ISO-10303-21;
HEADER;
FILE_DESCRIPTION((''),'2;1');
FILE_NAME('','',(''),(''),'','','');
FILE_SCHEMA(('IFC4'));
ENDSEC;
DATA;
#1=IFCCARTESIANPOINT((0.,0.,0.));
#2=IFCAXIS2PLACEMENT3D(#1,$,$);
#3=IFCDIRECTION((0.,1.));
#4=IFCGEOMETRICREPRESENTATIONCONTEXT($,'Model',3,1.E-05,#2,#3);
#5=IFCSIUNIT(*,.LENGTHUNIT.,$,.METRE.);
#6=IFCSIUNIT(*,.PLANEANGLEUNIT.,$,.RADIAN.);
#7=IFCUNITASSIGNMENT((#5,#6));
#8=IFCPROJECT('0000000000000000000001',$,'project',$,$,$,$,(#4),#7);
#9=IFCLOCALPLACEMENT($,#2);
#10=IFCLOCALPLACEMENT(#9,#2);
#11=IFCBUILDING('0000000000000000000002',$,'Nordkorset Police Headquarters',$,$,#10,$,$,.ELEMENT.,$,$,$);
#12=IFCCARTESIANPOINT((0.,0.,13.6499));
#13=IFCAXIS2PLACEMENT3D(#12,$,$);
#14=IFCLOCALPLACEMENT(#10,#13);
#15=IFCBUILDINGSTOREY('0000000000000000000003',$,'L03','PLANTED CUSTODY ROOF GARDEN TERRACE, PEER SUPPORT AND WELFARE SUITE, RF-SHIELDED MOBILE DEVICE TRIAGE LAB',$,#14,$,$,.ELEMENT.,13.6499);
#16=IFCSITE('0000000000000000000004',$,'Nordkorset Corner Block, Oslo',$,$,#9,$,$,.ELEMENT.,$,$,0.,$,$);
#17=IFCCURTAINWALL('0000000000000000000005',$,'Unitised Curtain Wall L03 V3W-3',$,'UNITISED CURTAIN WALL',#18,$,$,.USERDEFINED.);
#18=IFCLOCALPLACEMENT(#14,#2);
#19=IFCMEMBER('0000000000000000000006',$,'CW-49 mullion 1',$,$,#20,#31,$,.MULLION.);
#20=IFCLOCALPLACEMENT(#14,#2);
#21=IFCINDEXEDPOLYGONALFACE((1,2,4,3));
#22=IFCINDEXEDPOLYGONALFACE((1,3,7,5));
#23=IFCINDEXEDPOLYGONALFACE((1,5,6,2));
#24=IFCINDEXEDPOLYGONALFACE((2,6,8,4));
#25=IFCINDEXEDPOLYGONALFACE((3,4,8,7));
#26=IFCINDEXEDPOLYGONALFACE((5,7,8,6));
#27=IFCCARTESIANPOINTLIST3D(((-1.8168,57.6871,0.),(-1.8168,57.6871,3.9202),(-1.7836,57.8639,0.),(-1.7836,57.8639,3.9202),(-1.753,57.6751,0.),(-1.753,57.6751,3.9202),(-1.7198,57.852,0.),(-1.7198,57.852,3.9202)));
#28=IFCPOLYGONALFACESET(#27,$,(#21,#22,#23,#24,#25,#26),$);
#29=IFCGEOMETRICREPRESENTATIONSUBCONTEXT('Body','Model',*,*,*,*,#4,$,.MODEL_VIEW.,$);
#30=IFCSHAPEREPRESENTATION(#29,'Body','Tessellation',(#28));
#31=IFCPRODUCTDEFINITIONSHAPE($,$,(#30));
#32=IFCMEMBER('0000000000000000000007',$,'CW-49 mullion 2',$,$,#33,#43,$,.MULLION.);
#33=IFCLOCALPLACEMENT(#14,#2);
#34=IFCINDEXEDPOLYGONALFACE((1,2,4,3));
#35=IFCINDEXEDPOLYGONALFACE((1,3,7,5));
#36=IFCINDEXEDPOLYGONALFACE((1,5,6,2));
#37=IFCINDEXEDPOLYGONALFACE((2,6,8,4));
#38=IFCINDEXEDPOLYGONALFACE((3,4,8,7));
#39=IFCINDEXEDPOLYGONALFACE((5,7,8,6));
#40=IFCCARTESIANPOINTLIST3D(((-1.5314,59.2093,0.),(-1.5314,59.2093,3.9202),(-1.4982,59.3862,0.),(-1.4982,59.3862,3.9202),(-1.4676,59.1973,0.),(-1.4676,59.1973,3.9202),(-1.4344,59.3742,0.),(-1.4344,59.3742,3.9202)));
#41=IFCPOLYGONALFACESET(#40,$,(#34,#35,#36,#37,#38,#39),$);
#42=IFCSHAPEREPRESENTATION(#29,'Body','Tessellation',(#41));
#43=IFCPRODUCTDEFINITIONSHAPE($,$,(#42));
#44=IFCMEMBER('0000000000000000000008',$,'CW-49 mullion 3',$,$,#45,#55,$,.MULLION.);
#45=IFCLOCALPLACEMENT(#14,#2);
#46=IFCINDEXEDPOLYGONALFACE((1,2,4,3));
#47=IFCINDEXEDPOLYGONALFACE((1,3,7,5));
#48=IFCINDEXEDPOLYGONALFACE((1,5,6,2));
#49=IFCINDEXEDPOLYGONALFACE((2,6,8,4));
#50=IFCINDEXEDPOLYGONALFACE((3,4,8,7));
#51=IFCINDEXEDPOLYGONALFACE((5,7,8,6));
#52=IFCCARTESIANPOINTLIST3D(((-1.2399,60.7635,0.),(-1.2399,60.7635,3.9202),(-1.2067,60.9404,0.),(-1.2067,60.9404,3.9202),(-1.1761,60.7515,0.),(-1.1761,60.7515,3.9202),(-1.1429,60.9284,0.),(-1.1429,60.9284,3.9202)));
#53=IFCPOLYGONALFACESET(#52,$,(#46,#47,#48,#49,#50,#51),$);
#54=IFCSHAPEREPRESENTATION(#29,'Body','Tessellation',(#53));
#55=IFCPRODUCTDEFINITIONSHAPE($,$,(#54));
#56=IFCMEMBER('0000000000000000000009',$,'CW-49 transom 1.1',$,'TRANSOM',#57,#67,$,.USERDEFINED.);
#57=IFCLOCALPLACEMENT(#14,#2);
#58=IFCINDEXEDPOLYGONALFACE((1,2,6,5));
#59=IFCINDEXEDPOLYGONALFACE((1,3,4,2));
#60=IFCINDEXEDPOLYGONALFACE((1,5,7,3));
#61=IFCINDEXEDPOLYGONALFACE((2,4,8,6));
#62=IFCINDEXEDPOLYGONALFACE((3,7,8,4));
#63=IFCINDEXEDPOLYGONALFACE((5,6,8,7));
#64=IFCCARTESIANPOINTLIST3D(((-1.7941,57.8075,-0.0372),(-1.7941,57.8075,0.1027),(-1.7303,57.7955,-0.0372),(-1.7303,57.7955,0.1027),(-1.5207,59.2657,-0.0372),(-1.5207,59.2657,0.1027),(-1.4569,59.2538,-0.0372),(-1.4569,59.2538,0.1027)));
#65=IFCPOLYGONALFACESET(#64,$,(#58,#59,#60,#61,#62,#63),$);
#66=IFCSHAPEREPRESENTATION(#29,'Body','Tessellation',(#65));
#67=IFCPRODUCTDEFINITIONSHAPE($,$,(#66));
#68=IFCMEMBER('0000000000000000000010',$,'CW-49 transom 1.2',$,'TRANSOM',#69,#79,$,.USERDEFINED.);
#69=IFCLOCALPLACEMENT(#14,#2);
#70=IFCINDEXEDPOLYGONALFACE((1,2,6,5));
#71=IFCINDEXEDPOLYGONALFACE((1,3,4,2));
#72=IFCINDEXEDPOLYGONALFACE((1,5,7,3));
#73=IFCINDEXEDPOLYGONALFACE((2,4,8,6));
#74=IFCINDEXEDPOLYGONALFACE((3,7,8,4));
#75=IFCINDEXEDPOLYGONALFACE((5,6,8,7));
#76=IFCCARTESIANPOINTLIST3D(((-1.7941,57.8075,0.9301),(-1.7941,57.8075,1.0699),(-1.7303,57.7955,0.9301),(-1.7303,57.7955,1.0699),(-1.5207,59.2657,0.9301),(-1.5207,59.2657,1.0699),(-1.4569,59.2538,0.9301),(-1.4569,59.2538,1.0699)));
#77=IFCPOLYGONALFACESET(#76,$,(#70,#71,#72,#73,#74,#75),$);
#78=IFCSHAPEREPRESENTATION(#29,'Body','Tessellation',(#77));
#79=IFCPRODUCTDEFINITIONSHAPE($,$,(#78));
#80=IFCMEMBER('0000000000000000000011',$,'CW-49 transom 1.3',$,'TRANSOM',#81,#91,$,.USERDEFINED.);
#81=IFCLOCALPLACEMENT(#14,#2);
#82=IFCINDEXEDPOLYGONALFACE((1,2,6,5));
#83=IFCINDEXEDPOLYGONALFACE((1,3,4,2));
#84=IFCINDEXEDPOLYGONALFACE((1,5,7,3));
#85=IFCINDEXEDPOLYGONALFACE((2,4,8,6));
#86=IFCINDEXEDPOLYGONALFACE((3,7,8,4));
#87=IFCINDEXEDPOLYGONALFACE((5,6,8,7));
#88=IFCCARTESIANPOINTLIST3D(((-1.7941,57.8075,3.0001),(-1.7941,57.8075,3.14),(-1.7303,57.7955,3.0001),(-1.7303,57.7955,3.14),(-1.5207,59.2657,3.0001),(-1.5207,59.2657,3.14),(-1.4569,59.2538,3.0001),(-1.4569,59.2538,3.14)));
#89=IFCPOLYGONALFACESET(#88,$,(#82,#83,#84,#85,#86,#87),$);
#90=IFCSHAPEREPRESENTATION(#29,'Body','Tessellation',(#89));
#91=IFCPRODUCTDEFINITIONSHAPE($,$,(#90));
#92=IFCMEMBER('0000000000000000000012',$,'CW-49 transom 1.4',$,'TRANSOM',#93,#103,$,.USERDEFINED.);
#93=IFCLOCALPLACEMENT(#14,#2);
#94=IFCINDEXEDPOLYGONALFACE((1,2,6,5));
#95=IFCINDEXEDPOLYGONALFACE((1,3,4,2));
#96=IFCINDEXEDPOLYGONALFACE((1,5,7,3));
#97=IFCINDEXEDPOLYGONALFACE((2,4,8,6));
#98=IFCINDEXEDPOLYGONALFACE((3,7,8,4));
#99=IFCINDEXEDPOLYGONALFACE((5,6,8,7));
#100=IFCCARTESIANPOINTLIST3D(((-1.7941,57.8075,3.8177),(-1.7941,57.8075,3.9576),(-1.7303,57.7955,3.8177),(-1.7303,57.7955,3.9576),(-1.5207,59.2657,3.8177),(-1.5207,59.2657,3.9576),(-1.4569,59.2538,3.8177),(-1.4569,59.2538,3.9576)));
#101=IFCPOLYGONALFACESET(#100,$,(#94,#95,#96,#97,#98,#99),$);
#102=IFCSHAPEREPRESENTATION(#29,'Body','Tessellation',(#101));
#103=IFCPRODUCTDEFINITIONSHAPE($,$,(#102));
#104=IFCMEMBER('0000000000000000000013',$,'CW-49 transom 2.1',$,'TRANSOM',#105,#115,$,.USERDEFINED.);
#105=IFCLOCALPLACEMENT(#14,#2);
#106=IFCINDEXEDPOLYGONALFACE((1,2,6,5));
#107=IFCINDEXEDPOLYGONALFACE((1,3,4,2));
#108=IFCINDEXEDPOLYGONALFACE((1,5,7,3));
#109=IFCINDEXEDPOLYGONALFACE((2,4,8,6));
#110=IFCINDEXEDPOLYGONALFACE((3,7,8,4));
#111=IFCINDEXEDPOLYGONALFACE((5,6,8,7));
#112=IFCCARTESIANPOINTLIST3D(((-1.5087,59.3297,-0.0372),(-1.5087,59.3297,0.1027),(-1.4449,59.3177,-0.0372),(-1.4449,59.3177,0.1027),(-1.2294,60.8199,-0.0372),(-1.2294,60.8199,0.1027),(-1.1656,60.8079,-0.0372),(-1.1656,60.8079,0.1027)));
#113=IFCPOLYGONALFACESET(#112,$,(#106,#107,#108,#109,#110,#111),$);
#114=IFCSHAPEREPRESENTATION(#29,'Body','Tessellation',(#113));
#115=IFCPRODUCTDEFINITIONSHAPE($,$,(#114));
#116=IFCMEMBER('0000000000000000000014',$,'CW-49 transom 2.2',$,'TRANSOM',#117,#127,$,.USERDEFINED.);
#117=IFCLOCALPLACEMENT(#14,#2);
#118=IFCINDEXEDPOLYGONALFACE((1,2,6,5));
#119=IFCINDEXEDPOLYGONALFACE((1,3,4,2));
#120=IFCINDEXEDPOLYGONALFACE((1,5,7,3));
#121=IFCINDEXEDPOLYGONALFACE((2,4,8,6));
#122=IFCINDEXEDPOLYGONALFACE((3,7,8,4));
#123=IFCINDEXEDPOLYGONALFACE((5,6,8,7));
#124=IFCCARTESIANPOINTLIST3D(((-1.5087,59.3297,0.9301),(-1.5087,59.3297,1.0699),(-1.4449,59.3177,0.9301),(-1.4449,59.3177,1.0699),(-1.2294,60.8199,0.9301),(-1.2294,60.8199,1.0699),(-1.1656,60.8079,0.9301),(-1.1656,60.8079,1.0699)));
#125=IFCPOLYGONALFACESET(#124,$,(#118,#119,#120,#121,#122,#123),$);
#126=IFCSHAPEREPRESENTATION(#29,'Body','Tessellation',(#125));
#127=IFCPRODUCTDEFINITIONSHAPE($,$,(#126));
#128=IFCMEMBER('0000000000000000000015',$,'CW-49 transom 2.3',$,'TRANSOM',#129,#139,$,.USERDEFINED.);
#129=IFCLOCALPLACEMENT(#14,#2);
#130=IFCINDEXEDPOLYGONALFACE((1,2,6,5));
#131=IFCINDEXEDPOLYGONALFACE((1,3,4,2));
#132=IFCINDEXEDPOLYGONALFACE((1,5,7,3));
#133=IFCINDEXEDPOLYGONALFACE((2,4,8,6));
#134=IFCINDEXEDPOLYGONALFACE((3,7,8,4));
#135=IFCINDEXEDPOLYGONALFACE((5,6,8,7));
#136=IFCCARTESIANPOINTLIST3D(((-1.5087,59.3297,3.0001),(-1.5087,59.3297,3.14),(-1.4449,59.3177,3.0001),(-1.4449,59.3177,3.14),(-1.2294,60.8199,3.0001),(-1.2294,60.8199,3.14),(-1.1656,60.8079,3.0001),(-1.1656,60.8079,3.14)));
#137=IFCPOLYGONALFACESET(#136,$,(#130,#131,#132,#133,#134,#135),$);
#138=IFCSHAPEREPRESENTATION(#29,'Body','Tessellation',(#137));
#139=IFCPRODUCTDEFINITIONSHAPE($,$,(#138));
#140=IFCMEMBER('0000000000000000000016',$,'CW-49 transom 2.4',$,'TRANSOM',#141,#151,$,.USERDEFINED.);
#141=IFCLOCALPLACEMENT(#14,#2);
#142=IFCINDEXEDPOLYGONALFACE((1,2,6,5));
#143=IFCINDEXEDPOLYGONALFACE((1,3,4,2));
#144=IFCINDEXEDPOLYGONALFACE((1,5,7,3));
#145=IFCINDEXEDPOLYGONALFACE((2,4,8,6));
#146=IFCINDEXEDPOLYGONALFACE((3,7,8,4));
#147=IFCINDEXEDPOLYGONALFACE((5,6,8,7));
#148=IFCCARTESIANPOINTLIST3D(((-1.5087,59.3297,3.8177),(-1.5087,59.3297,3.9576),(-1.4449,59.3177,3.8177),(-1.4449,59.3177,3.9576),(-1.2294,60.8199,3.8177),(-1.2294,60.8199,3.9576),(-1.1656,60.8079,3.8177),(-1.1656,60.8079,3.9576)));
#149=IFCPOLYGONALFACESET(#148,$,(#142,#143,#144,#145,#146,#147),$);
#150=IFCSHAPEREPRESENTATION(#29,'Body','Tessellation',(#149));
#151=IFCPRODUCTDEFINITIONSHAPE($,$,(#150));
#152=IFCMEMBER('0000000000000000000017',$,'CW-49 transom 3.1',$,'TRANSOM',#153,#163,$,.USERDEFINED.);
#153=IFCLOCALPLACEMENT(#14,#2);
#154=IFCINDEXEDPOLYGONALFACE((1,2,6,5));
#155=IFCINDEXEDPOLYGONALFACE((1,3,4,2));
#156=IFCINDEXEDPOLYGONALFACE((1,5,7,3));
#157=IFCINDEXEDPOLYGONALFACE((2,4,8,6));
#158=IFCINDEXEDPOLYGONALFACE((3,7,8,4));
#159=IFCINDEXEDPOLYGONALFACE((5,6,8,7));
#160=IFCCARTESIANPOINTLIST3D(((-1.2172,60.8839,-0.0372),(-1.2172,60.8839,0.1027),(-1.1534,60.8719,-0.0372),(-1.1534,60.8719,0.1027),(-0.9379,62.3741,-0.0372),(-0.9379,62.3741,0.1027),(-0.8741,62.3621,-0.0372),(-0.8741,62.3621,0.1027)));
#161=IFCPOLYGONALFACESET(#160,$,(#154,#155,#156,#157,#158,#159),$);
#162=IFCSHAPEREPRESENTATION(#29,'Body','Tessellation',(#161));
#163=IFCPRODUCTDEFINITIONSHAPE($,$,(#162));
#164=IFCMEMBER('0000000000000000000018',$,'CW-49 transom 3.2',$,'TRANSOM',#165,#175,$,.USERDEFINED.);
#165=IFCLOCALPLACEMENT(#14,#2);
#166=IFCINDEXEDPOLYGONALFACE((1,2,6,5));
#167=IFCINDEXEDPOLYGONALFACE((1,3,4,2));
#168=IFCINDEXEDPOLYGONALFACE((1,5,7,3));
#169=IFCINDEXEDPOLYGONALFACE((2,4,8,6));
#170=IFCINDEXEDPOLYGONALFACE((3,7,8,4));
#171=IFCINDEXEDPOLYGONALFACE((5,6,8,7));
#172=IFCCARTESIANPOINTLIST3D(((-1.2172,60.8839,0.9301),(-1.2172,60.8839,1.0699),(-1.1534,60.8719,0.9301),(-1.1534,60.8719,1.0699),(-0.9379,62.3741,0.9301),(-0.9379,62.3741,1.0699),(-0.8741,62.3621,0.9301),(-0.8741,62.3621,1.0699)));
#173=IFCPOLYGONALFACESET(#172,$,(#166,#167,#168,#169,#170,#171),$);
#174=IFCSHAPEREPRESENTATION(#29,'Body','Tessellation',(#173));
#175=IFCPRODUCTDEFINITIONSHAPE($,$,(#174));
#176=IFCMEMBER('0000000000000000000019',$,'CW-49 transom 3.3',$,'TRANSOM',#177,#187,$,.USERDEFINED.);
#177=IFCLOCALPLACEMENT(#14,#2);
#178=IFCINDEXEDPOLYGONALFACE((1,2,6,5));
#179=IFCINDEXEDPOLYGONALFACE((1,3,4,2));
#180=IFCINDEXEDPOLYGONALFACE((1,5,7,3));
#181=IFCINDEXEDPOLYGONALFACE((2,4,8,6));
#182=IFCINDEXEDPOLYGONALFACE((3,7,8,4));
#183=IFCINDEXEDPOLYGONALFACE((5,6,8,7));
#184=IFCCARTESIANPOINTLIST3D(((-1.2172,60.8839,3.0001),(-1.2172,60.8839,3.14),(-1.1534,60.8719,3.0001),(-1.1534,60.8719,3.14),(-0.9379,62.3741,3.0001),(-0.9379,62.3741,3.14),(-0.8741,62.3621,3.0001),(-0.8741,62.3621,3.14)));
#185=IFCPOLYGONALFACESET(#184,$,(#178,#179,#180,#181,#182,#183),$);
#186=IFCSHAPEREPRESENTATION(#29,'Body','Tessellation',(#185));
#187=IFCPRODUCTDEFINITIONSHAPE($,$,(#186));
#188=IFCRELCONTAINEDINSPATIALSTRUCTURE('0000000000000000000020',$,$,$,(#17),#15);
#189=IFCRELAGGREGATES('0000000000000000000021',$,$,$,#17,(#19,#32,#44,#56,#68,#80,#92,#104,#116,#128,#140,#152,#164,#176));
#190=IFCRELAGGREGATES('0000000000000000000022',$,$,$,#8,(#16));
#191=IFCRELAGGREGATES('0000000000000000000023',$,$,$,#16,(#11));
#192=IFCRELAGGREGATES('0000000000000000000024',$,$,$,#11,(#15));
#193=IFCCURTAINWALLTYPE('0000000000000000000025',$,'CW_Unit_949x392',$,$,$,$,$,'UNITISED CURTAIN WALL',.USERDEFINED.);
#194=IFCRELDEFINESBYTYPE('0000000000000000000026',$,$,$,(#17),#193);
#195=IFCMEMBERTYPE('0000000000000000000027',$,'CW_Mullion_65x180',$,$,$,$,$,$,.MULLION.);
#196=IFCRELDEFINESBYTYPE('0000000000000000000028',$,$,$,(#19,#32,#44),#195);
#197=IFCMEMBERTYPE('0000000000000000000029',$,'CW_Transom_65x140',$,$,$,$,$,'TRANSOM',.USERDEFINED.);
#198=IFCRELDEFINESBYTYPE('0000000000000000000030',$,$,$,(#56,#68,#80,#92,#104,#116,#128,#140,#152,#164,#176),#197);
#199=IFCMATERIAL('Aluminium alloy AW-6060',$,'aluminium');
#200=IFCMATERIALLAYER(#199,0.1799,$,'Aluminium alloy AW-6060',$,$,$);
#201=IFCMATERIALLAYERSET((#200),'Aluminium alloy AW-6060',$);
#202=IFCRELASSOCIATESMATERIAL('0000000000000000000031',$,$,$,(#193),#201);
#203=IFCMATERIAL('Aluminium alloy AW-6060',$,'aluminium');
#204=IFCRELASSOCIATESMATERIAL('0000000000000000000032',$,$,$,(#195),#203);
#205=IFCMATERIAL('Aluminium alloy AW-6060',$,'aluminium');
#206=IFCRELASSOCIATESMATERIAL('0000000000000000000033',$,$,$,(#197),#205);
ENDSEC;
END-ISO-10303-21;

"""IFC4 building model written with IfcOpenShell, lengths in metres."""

from ifc_helpers import new_model, si_unit, direction, frame, origin, origin_2d, place, context, subcontext, project, spatial, rectangle, extrude, material, layer, layer_set, material_profile, profile_set, type_object, element, aggregate, save


model = new_model("IFC4")

# Units and contexts
model_context = context("Model", 3, precision=1e-05, world=origin(), true_north=direction((0.0, 1.0)))
body_context = subcontext(model_context, "Body", "Model", "MODEL_VIEW")
ifc_project = project(units=[si_unit("LENGTHUNIT", "METRE"), si_unit("PLANEANGLEUNIT", "RADIAN")], contexts=[model_context])

# Site, building, storey
site_placement = place(None, origin())
site = spatial("IfcSite", under=ifc_project, at=site_placement, Name="Nordkorset Corner Block, Oslo", CompositionType="ELEMENT", RefElevation=0.0)
building_placement = place(site_placement, origin())
building = spatial("IfcBuilding", under=site, at=building_placement, Name="Nordkorset Police Headquarters", CompositionType="ELEMENT")
storey_placement = place(building_placement, frame((0.0, 0.0, 13.6499)))
storey = spatial("IfcBuildingStorey", under=building, at=storey_placement, Name="L03", Description="PLANTED CUSTODY ROOF GARDEN TERRACE, PEER SUPPORT AND WELFARE SUITE, RF-SHIELDED MOBILE DEVICE TRIAGE LAB", CompositionType="ELEMENT", Elevation=13.6499)

# Curtain wall, members
ifc_material_1 = material(Name="Aluminium alloy AW-6060", Category="aluminium")
ifc_layer_1 = layer(ifc_material_1, 0.1799, Name="Aluminium alloy AW-6060")
ifc_layer_set_1 = layer_set([ifc_layer_1], Name="Aluminium alloy AW-6060")
curtain_wall_type = type_object("IfcCurtainWallType", Name="CW_Unit_949x392", ElementType="UNITISED CURTAIN WALL", PredefinedType="USERDEFINED", material=ifc_layer_set_1)
curtain_wall_placement = place(storey_placement, origin())
curtain_wall = element("IfcCurtainWall", 1, at=curtain_wall_placement, inside=storey, type_object=curtain_wall_type, Name="Unitised Curtain Wall L03 V3W-3", ObjectType="UNITISED CURTAIN WALL", PredefinedType="USERDEFINED")
ifc_material_2 = material(Name="Aluminium alloy AW-6060", Category="aluminium")
ifc_material_profile_1 = material_profile(ifc_material_2, rectangle(XDim=0.0649, YDim=0.1799, at=origin_2d()), Name="ALU MULL 65x180")
ifc_profile_set_1 = profile_set([ifc_material_profile_1], Name="Aluminium alloy AW-6060")
member_type_1 = type_object("IfcMemberType", Name="CW_Mullion_65x180", PredefinedType="MULLION", material=ifc_profile_set_1)
member_1_placement = place(storey_placement, frame((-1.7683, 57.7695, 0.0), z_axis=(0.0, 0.0, 1.0), x_axis=(-0.982872, 0.184289, 0.0)))
member_1 = element("IfcMember", 2, at=member_1_placement, type_object=member_type_1, Name="CW-49 mullion 1", PredefinedType="MULLION", context=body_context, shape_type="SweptSolid", body=[
    extrude(rectangle(XDim=0.0649, YDim=0.1799, at=origin_2d()), origin(), (0.0, 0.0, 1.0), 3.9202),
])
member_2_placement = place(storey_placement, frame((-1.4829, 59.2917, 0.0), z_axis=(0.0, 0.0, 1.0), x_axis=(-0.982872, 0.184289, 0.0)))
member_2 = element("IfcMember", 3, at=member_2_placement, type_object=member_type_1, Name="CW-49 mullion 2", PredefinedType="MULLION", context=body_context, shape_type="SweptSolid", body=[
    extrude(rectangle(XDim=0.0649, YDim=0.1799, at=origin_2d()), origin(), (0.0, 0.0, 1.0), 3.9202),
])
member_3_placement = place(storey_placement, frame((-1.1914, 60.8459, 0.0), z_axis=(0.0, 0.0, 1.0), x_axis=(-0.982872, 0.184289, 0.0)))
member_3 = element("IfcMember", 4, at=member_3_placement, type_object=member_type_1, Name="CW-49 mullion 3", PredefinedType="MULLION", context=body_context, shape_type="SweptSolid", body=[
    extrude(rectangle(XDim=0.0649, YDim=0.1799, at=origin_2d()), origin(), (0.0, 0.0, 1.0), 3.9202),
])
ifc_material_3 = material(Name="Aluminium alloy AW-6060", Category="aluminium")
ifc_material_profile_2 = material_profile(ifc_material_3, rectangle(XDim=0.0649, YDim=0.1399, at=origin_2d()), Name="ALU TRAN 65x140")
ifc_profile_set_2 = profile_set([ifc_material_profile_2], Name="Aluminium alloy AW-6060")
member_type_2 = type_object("IfcMemberType", Name="CW_Transom_65x140", ElementType="TRANSOM", PredefinedType="USERDEFINED", material=ifc_profile_set_2)
member_4_placement = place(storey_placement, frame((-1.7622, 57.8015, 0.0327), z_axis=(0.184298, 0.98287, 0.0), x_axis=(-0.98287, 0.184298, 0.0)))
member_4 = element("IfcMember", 5, at=member_4_placement, type_object=member_type_2, Name="CW-49 transom 1.1", ObjectType="TRANSOM", PredefinedType="USERDEFINED", context=body_context, shape_type="SweptSolid", body=[
    extrude(rectangle(XDim=0.0649, YDim=0.1399, at=origin_2d()), origin(), (0.0, 0.0, 1.0), 1.4836),
])
member_5_placement = place(storey_placement, frame((-1.7622, 57.8015, 1.0), z_axis=(0.184298, 0.98287, 0.0), x_axis=(-0.98287, 0.184298, 0.0)))
member_5 = element("IfcMember", 6, at=member_5_placement, type_object=member_type_2, Name="CW-49 transom 1.2", ObjectType="TRANSOM", PredefinedType="USERDEFINED", context=body_context, shape_type="SweptSolid", body=[
    extrude(rectangle(XDim=0.0649, YDim=0.1399, at=origin_2d()), origin(), (0.0, 0.0, 1.0), 1.4836),
])
member_6_placement = place(storey_placement, frame((-1.7622, 57.8015, 3.0701), z_axis=(0.184298, 0.98287, 0.0), x_axis=(-0.98287, 0.184298, 0.0)))
member_6 = element("IfcMember", 7, at=member_6_placement, type_object=member_type_2, Name="CW-49 transom 1.3", ObjectType="TRANSOM", PredefinedType="USERDEFINED", context=body_context, shape_type="SweptSolid", body=[
    extrude(rectangle(XDim=0.0649, YDim=0.1399, at=origin_2d()), origin(), (0.0, 0.0, 1.0), 1.4836),
])
member_7_placement = place(storey_placement, frame((-1.7622, 57.8015, 3.8877), z_axis=(0.184298, 0.98287, 0.0), x_axis=(-0.98287, 0.184298, 0.0)))
member_7 = element("IfcMember", 8, at=member_7_placement, type_object=member_type_2, Name="CW-49 transom 1.4", ObjectType="TRANSOM", PredefinedType="USERDEFINED", context=body_context, shape_type="SweptSolid", body=[
    extrude(rectangle(XDim=0.0649, YDim=0.1399, at=origin_2d()), origin(), (0.0, 0.0, 1.0), 1.4836),
])
member_8_placement = place(storey_placement, frame((-1.4768, 59.3237, 0.0327), z_axis=(0.184211, 0.982887, 0.0), x_axis=(-0.982887, 0.184211, 0.0)))
member_8 = element("IfcMember", 9, at=member_8_placement, type_object=member_type_2, Name="CW-49 transom 2.1", ObjectType="TRANSOM", PredefinedType="USERDEFINED", context=body_context, shape_type="SweptSolid", body=[
    extrude(rectangle(XDim=0.0649, YDim=0.1399, at=origin_2d()), origin(), (0.0, 0.0, 1.0), 1.5161),
])
member_9_placement = place(storey_placement, frame((-1.4768, 59.3237, 1.0), z_axis=(0.184211, 0.982887, 0.0), x_axis=(-0.982887, 0.184211, 0.0)))
member_9 = element("IfcMember", 10, at=member_9_placement, type_object=member_type_2, Name="CW-49 transom 2.2", ObjectType="TRANSOM", PredefinedType="USERDEFINED", context=body_context, shape_type="SweptSolid", body=[
    extrude(rectangle(XDim=0.0649, YDim=0.1399, at=origin_2d()), origin(), (0.0, 0.0, 1.0), 1.5161),
])
member_10_placement = place(storey_placement, frame((-1.4768, 59.3237, 3.0701), z_axis=(0.184211, 0.982887, 0.0), x_axis=(-0.982887, 0.184211, 0.0)))
member_10 = element("IfcMember", 11, at=member_10_placement, type_object=member_type_2, Name="CW-49 transom 2.3", ObjectType="TRANSOM", PredefinedType="USERDEFINED", context=body_context, shape_type="SweptSolid", body=[
    extrude(rectangle(XDim=0.0649, YDim=0.1399, at=origin_2d()), origin(), (0.0, 0.0, 1.0), 1.5161),
])
member_11_placement = place(storey_placement, frame((-1.4768, 59.3237, 3.8877), z_axis=(0.184211, 0.982887, 0.0), x_axis=(-0.982887, 0.184211, 0.0)))
member_11 = element("IfcMember", 12, at=member_11_placement, type_object=member_type_2, Name="CW-49 transom 2.4", ObjectType="TRANSOM", PredefinedType="USERDEFINED", context=body_context, shape_type="SweptSolid", body=[
    extrude(rectangle(XDim=0.0649, YDim=0.1399, at=origin_2d()), origin(), (0.0, 0.0, 1.0), 1.5161),
])
member_12_placement = place(storey_placement, frame((-1.1853, 60.8779, 0.0327), z_axis=(0.184211, 0.982887, 0.0), x_axis=(-0.982887, 0.184211, 0.0)))
member_12 = element("IfcMember", 13, at=member_12_placement, type_object=member_type_2, Name="CW-49 transom 3.1", ObjectType="TRANSOM", PredefinedType="USERDEFINED", context=body_context, shape_type="SweptSolid", body=[
    extrude(rectangle(XDim=0.0649, YDim=0.1399, at=origin_2d()), origin(), (0.0, 0.0, 1.0), 1.5161),
])
member_13_placement = place(storey_placement, frame((-1.1853, 60.8779, 1.0), z_axis=(0.184211, 0.982887, 0.0), x_axis=(-0.982887, 0.184211, 0.0)))
member_13 = element("IfcMember", 14, at=member_13_placement, type_object=member_type_2, Name="CW-49 transom 3.2", ObjectType="TRANSOM", PredefinedType="USERDEFINED", context=body_context, shape_type="SweptSolid", body=[
    extrude(rectangle(XDim=0.0649, YDim=0.1399, at=origin_2d()), origin(), (0.0, 0.0, 1.0), 1.5161),
])
member_14_placement = place(storey_placement, frame((-1.1853, 60.8779, 3.0701), z_axis=(0.184211, 0.982887, 0.0), x_axis=(-0.982887, 0.184211, 0.0)))
member_14 = element("IfcMember", 15, at=member_14_placement, type_object=member_type_2, Name="CW-49 transom 3.3", ObjectType="TRANSOM", PredefinedType="USERDEFINED", context=body_context, shape_type="SweptSolid", body=[
    extrude(rectangle(XDim=0.0649, YDim=0.1399, at=origin_2d()), origin(), (0.0, 0.0, 1.0), 1.5161),
])
aggregate(curtain_wall, [member_1, member_2, member_3, member_4, member_5, member_6, member_7, member_8, member_9, member_10, member_11, member_12, member_13, member_14])

save(model, "model.ifc")
